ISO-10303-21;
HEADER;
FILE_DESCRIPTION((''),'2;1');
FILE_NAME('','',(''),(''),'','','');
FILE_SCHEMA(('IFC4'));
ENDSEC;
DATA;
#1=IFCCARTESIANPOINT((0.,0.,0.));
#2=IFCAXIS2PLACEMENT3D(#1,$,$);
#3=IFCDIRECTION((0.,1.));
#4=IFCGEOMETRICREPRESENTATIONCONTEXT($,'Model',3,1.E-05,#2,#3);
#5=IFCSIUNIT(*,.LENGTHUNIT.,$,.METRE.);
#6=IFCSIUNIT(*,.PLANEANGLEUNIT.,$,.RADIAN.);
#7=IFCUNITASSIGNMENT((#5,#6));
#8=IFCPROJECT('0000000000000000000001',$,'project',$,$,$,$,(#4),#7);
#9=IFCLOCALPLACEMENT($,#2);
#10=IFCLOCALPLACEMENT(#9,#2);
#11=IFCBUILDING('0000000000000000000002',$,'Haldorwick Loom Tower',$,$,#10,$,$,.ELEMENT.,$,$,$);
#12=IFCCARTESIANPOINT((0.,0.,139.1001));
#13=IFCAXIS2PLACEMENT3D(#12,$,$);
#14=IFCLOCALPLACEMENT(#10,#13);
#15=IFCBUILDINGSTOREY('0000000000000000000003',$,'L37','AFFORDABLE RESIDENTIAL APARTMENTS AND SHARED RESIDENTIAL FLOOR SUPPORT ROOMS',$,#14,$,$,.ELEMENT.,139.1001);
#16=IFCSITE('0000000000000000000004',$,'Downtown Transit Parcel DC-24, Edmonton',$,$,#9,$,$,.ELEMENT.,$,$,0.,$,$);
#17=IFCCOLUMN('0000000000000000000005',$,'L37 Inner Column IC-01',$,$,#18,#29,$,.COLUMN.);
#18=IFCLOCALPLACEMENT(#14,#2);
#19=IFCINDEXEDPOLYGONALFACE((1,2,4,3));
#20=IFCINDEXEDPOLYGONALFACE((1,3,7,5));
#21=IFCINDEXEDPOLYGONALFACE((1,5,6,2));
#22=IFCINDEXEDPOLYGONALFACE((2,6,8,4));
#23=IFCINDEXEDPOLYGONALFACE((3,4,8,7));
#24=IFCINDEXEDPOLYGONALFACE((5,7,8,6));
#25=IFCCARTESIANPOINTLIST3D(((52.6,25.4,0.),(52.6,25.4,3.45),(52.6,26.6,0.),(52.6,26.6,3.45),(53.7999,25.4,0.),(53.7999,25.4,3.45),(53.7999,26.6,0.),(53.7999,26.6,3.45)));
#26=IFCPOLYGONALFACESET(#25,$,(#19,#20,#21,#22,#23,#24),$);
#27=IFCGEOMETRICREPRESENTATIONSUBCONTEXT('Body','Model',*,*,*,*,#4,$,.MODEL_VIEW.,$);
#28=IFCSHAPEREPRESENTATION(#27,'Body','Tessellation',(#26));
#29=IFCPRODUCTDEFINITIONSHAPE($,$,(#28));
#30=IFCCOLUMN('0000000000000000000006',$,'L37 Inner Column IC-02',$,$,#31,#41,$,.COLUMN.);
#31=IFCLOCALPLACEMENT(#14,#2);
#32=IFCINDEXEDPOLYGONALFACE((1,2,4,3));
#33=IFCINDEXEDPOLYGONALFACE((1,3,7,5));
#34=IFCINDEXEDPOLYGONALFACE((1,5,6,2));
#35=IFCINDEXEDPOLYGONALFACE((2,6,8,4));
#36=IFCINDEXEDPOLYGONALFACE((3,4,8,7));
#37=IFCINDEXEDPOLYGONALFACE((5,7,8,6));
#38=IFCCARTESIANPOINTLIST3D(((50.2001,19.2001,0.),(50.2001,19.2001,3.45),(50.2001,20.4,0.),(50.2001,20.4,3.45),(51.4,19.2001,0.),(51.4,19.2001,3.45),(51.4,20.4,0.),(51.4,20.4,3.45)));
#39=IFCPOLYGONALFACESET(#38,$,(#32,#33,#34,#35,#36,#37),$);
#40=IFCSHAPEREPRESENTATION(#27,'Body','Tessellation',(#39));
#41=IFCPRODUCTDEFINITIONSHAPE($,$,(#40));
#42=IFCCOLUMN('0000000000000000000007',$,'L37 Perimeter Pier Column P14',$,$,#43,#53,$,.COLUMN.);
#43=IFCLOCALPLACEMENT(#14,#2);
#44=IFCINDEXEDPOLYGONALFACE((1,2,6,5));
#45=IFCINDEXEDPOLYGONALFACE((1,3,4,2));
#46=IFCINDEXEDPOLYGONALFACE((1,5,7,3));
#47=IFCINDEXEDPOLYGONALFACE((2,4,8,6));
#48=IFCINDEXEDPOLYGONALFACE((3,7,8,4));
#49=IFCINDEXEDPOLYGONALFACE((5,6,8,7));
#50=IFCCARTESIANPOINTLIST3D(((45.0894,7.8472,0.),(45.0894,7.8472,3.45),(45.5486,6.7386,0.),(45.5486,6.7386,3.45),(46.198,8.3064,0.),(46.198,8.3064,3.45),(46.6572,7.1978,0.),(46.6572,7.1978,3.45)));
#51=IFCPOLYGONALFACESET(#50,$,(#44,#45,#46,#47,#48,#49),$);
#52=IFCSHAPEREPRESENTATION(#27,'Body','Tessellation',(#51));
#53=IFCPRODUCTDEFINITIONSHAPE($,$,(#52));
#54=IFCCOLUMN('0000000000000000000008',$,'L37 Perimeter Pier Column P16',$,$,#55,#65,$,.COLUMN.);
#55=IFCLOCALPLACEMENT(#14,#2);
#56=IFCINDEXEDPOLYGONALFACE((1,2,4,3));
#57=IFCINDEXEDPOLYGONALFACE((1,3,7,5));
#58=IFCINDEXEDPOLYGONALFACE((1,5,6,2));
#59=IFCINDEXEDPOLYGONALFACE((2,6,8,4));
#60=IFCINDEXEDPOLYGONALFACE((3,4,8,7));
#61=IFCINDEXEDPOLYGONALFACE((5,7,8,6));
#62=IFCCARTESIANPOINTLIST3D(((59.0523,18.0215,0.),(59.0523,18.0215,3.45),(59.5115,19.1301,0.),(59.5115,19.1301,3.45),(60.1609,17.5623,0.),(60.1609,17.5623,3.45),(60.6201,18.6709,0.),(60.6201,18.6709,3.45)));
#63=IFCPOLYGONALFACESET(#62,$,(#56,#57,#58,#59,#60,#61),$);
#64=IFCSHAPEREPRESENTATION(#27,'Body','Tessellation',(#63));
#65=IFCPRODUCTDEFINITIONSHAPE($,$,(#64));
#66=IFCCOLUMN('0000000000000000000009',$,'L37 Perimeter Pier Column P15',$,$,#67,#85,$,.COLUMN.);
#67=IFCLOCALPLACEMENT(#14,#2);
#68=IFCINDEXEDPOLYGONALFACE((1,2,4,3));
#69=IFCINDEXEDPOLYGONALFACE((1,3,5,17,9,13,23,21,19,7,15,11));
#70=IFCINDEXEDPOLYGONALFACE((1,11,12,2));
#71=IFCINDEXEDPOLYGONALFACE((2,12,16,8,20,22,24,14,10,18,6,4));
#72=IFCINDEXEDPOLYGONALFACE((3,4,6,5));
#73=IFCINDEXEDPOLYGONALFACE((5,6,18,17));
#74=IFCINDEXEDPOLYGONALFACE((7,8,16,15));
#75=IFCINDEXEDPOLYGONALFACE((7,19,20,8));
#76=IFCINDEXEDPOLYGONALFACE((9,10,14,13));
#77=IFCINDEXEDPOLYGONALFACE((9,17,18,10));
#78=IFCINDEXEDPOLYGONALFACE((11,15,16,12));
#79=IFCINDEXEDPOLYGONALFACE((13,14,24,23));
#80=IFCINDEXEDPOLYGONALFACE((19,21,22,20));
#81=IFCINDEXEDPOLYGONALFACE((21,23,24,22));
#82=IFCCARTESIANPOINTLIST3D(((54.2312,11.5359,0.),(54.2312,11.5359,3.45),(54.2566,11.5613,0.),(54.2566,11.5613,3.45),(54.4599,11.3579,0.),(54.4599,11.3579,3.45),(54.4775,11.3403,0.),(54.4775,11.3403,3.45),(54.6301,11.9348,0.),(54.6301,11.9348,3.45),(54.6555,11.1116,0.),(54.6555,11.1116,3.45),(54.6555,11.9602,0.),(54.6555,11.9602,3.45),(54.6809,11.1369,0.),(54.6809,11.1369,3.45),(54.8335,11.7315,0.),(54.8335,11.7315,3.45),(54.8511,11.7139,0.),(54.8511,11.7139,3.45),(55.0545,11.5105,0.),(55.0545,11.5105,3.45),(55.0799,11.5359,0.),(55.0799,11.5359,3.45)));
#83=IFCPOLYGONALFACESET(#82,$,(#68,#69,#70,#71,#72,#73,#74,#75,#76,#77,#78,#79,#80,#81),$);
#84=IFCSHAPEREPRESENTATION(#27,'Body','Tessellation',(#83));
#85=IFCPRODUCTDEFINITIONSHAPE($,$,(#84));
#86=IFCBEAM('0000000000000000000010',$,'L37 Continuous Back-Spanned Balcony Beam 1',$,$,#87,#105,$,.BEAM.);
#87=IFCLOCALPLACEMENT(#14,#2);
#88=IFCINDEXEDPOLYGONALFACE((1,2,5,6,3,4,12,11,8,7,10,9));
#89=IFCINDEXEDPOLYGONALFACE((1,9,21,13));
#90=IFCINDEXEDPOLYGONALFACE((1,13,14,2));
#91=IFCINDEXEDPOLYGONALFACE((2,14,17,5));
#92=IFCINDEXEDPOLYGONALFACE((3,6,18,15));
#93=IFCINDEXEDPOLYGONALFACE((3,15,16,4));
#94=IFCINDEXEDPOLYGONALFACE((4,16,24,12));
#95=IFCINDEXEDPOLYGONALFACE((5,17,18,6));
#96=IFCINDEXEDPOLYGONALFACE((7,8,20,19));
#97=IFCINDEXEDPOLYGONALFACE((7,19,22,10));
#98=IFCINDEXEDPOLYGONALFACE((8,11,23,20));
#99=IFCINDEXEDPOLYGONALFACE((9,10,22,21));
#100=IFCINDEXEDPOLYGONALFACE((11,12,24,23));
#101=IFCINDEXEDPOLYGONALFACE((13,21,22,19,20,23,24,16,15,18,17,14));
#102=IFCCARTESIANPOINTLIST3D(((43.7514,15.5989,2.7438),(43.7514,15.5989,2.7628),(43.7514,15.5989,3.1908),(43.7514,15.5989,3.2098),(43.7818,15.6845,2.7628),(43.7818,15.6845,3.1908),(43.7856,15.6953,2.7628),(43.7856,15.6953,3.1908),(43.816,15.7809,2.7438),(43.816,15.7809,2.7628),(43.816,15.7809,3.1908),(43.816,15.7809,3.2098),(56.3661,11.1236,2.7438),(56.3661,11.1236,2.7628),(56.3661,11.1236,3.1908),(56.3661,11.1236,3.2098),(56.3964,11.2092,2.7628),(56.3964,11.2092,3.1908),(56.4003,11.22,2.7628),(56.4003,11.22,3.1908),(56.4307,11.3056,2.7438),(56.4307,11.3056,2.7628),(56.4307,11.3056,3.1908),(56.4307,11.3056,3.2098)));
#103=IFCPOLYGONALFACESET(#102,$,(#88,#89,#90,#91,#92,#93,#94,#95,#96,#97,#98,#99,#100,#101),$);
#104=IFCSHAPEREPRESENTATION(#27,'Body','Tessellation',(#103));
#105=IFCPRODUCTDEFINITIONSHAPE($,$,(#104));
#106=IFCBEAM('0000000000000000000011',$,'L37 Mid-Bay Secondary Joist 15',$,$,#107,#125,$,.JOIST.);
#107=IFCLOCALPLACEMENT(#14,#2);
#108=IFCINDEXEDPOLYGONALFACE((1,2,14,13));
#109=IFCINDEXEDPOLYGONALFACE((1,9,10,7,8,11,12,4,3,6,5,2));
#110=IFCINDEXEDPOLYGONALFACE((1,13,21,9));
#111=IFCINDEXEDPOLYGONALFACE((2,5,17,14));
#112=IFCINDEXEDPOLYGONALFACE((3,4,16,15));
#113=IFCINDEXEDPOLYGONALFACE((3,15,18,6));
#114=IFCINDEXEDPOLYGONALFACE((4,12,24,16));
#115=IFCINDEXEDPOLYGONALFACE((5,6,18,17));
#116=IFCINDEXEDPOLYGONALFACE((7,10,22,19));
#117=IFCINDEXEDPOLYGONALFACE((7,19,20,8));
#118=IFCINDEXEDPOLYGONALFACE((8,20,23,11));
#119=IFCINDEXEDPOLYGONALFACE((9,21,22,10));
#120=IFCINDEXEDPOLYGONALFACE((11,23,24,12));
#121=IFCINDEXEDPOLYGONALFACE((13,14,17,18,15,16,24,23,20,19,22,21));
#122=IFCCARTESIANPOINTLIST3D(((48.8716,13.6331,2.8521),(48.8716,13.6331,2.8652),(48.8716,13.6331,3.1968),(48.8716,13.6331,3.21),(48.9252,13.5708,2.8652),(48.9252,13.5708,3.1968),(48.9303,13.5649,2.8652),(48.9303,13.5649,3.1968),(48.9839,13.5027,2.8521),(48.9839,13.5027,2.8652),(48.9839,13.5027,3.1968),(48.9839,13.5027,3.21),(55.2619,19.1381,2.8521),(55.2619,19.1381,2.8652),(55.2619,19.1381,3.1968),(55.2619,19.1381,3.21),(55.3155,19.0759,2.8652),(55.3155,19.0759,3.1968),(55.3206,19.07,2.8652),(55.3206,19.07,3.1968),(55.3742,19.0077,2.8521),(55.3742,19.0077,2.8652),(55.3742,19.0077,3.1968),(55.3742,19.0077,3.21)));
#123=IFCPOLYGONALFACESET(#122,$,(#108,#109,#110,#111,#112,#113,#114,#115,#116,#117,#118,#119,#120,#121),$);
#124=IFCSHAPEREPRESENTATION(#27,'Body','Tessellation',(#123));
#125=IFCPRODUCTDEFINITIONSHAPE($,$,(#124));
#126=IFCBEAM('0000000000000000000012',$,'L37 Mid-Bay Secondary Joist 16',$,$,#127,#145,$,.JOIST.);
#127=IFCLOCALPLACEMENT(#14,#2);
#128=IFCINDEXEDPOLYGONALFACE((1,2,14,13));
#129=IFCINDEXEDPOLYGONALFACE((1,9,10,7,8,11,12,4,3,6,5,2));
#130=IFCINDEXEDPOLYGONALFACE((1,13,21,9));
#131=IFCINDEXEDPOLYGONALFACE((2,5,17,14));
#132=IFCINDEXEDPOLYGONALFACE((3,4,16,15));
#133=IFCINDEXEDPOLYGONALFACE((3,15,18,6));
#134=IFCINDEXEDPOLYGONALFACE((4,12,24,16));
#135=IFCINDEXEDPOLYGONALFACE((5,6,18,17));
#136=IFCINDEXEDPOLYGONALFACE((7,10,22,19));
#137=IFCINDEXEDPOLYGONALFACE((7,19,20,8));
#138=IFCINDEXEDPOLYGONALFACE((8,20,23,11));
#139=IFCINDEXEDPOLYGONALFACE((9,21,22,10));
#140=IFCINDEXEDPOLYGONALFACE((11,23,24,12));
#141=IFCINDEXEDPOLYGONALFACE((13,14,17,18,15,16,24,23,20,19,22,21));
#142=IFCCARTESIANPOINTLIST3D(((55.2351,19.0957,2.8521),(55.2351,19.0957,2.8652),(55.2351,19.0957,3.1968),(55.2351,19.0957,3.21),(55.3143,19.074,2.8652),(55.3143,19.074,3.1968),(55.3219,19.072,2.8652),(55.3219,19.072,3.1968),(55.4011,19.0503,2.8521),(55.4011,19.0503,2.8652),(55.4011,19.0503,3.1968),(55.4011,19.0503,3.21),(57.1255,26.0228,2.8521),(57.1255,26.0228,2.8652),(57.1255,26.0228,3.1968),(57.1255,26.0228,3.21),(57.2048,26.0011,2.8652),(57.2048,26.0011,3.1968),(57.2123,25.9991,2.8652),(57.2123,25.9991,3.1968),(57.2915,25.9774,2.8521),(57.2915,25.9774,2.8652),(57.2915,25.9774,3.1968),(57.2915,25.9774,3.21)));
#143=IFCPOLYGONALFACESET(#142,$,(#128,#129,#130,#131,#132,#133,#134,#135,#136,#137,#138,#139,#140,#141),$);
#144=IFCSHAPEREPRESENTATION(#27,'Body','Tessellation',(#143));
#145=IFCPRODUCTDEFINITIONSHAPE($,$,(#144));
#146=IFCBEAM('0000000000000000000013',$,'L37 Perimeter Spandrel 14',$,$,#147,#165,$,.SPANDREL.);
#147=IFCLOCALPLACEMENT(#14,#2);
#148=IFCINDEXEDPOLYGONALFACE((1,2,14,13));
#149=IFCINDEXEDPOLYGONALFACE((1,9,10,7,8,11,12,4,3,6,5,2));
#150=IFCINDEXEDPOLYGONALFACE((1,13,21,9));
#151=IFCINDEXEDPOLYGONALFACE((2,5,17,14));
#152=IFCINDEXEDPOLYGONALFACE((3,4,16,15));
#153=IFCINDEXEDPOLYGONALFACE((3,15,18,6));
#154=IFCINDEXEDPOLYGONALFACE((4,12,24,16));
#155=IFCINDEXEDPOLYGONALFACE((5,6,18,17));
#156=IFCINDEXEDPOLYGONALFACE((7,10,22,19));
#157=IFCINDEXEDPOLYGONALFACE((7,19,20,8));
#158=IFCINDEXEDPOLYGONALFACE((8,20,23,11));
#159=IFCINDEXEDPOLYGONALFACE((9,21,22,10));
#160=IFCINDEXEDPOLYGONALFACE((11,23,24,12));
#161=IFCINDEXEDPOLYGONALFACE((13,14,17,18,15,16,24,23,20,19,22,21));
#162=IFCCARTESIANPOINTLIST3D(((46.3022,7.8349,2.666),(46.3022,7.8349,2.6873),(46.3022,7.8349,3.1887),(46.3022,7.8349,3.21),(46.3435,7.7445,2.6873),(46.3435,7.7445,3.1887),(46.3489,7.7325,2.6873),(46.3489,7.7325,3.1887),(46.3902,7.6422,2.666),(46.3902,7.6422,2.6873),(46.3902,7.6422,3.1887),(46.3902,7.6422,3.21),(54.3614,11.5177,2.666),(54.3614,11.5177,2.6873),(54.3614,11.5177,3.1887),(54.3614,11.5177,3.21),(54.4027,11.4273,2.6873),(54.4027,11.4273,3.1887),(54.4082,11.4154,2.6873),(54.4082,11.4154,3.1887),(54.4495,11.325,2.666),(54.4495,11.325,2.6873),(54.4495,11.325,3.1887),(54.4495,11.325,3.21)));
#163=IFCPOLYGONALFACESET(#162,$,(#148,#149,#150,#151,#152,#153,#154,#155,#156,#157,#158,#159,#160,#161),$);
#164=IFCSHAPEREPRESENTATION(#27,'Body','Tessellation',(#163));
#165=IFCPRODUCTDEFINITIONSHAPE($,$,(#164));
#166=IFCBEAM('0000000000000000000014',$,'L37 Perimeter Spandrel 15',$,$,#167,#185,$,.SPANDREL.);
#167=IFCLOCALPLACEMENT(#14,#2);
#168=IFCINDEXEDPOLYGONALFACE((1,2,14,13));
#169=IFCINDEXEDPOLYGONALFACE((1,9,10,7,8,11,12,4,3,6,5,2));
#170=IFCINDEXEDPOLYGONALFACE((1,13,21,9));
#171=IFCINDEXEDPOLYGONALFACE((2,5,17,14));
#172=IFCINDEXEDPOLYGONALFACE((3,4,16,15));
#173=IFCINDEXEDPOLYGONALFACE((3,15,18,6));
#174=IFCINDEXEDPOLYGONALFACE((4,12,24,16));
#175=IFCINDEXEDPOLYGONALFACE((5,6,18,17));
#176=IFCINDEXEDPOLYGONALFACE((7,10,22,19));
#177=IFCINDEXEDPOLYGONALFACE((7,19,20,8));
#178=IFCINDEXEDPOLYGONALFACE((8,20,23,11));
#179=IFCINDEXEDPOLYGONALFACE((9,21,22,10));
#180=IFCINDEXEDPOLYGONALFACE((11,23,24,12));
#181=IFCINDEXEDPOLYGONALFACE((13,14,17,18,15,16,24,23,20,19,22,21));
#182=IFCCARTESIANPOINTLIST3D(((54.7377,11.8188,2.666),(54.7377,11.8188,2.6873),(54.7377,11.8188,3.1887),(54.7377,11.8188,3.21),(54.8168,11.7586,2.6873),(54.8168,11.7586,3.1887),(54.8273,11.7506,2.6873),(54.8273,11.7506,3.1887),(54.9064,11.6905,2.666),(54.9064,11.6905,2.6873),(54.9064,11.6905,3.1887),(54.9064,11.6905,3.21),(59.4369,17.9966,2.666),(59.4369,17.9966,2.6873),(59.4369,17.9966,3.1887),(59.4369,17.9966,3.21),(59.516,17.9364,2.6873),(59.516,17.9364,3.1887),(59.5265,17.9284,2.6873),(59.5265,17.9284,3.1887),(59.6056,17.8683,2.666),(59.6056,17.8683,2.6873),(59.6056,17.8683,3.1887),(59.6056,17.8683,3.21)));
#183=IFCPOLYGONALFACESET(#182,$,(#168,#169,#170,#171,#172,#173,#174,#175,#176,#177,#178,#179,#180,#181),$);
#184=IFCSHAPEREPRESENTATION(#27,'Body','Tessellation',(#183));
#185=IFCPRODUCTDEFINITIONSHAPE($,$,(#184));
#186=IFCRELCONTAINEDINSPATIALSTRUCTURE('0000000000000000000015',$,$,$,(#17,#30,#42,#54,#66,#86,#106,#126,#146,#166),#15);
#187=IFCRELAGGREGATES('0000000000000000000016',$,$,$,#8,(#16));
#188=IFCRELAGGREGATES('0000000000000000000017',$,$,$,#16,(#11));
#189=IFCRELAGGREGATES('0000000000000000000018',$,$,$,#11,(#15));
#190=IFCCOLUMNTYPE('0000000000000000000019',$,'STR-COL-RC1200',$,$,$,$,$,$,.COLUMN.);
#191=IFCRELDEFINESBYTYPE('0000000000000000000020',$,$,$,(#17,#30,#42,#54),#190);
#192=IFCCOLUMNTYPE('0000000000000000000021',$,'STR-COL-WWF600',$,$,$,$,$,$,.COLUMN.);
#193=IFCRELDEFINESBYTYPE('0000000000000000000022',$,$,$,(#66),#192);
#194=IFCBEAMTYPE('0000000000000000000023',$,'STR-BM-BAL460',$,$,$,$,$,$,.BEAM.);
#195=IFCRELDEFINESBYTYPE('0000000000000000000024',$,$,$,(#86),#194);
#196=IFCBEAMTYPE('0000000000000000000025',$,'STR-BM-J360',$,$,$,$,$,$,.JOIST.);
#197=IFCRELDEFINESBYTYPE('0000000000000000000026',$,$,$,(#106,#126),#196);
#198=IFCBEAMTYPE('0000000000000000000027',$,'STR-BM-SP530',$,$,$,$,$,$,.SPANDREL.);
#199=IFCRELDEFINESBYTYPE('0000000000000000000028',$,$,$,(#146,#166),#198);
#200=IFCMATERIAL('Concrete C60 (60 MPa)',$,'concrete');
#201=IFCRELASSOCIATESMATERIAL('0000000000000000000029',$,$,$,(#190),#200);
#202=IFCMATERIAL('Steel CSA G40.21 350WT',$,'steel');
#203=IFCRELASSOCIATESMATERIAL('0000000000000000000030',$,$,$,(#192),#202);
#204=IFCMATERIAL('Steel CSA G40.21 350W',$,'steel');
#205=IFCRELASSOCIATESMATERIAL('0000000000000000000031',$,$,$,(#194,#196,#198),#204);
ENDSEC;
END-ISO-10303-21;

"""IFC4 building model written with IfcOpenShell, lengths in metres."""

from ifc_helpers import new_model, si_unit, direction, frame, origin, origin_2d, place, context, subcontext, project, spatial, rectangle, i_section, extrude, material, material_profile, profile_set, type_object, element, save


model = new_model("IFC4")

# Units and contexts
model_context = context("Model", 3, precision=1e-05, world=origin(), true_north=direction((0.0, 1.0)))
body_context = subcontext(model_context, "Body", "Model", "MODEL_VIEW")
ifc_project = project(units=[si_unit("LENGTHUNIT", "METRE"), si_unit("PLANEANGLEUNIT", "RADIAN")], contexts=[model_context])

# Site, building, storey
site_placement = place(None, origin())
site = spatial("IfcSite", under=ifc_project, at=site_placement, Name="Downtown Transit Parcel DC-24, Edmonton", CompositionType="ELEMENT", RefElevation=0.0)
building_placement = place(site_placement, origin())
building = spatial("IfcBuilding", under=site, at=building_placement, Name="Haldorwick Loom Tower", CompositionType="ELEMENT")
storey_placement = place(building_placement, frame((0.0, 0.0, 139.1001)))
storey = spatial("IfcBuildingStorey", under=building, at=storey_placement, Name="L37", Description="AFFORDABLE RESIDENTIAL APARTMENTS AND SHARED RESIDENTIAL FLOOR SUPPORT ROOMS", CompositionType="ELEMENT", Elevation=139.1001)

# Columns
ifc_material_1 = material(Name="Concrete C60 (60 MPa)", Category="concrete")
ifc_material_profile_1 = material_profile(ifc_material_1, rectangle(XDim=1.2, YDim=1.2, at=origin_2d()), Name="RC1200X1200", Category="concrete")
ifc_profile_set_1 = profile_set([ifc_material_profile_1], Name="Concrete C60 (60 MPa)")
column_type_1 = type_object("IfcColumnType", Name="STR-COL-RC1200", PredefinedType="COLUMN", material=ifc_profile_set_1)
for number, where, z_axis, x_axis, name in (
    (1, (53.2, 26.0, 0.0), (0.0, 0.0, 1.0), (1.0, 0.0, 0.0), "L37 Inner Column IC-01"),
    (2, (50.8, 19.8, 0.0), (0.0, 0.0, 1.0), (1.0, 0.0, 0.0), "L37 Inner Column IC-02"),
    (3, (45.8733, 7.5225, 0.0), (0.0, 0.0, 1.0), (0.382683, -0.92388, 0.0), "L37 Perimeter Pier Column P14"),
    (4, (59.8362, 18.3462, 0.0), (0.0, 0.0, 1.0), (0.92388, -0.382683, 0.0), "L37 Perimeter Pier Column P16"),
):
    element("IfcColumn", number, at=place(storey_placement, frame(where, z_axis=z_axis, x_axis=x_axis)), inside=storey, type_object=column_type_1, Name=name, PredefinedType="COLUMN", context=body_context, shape_type="SweptSolid", body=[
        extrude(rectangle(XDim=1.2, YDim=1.2, at=origin_2d()), origin(), (0.0, 0.0, 1.0), 3.45),
    ])
ifc_material_2 = material(Name="Steel CSA G40.21 350WT", Category="steel")
ifc_material_profile_2 = material_profile(ifc_material_2, i_section(OverallWidth=0.6001, OverallDepth=0.6001, WebThickness=0.0249, FlangeThickness=0.0359, at=origin_2d()), Name="WWF600X600", Category="steel")
ifc_profile_set_2 = profile_set([ifc_material_profile_2], Name="Steel CSA G40.21 350WT")
column_type_2 = type_object("IfcColumnType", Name="STR-COL-WWF600", PredefinedType="COLUMN", material=ifc_profile_set_2)
column_placement = place(storey_placement, frame((54.6555, 11.5359, 0.0), z_axis=(0.0, 0.0, 1.0), x_axis=(0.707107, -0.707107, 0.0)))
element("IfcColumn", 5, at=column_placement, inside=storey, type_object=column_type_2, Name="L37 Perimeter Pier Column P15", PredefinedType="COLUMN", context=body_context, shape_type="SweptSolid", body=[
    extrude(i_section(OverallWidth=0.6001, OverallDepth=0.6001, WebThickness=0.0249, FlangeThickness=0.0359, at=origin_2d()), origin(), (0.0, 0.0, 1.0), 3.45),
])

# Beams
ifc_material_3 = material(Name="Steel CSA G40.21 350W", Category="steel")
ifc_material_profile_3 = material_profile(ifc_material_3, i_section(OverallWidth=0.1931, OverallDepth=0.4661, WebThickness=0.0115, FlangeThickness=0.019, at=origin_2d()), Name="W460X97", Category="steel")
ifc_profile_set_3 = profile_set([ifc_material_profile_3], Name="Steel CSA G40.21 350W")
beam_type_1 = type_object("IfcBeamType", Name="STR-BM-BAL460", PredefinedType="BEAM", material=ifc_profile_set_3)
beam_1_placement = place(storey_placement, frame((43.7837, 15.6899, 2.9768), z_axis=(0.942448, -0.334353, 0.0), x_axis=(0.334353, 0.942448, 0.0)))
element("IfcBeam", 6, at=beam_1_placement, inside=storey, type_object=beam_type_1, Name="L37 Continuous Back-Spanned Balcony Beam 1", PredefinedType="BEAM", context=body_context, shape_type="SweptSolid", body=[
    extrude(i_section(OverallWidth=0.1931, OverallDepth=0.4661, WebThickness=0.0115, FlangeThickness=0.019, at=origin_2d()), origin(), (0.0, 0.0, 1.0), 13.385),
])
ifc_material_profile_4 = material_profile(ifc_material_3, i_section(OverallWidth=0.1721, OverallDepth=0.3579, WebThickness=0.0078, FlangeThickness=0.0132, at=origin_2d()), Name="W360X57", Category="steel")
ifc_profile_set_4 = profile_set([ifc_material_profile_4], Name="Steel CSA G40.21 350W")
beam_type_2 = type_object("IfcBeamType", Name="STR-BM-J360", PredefinedType="JOIST", material=ifc_profile_set_4)
beam_2_placement = place(storey_placement, frame((48.9277, 13.5679, 3.031), z_axis=(0.757634, 0.65268, 0.0), x_axis=(-0.65268, 0.757634, 0.0)))
element("IfcBeam", 7, at=beam_2_placement, inside=storey, type_object=beam_type_2, Name="L37 Mid-Bay Secondary Joist 15", PredefinedType="JOIST", context=body_context, shape_type="SweptSolid", body=[
    extrude(i_section(OverallWidth=0.1721, OverallDepth=0.3579, WebThickness=0.0078, FlangeThickness=0.0132, at=origin_2d()), origin(), (0.0, 0.0, 1.0), 8.4346),
])
beam_3_placement = place(storey_placement, frame((55.3181, 19.073, 3.031), z_axis=(0.263273, 0.964721, 0.0), x_axis=(-0.964721, 0.263273, 0.0)))
element("IfcBeam", 8, at=beam_3_placement, inside=storey, type_object=beam_type_2, Name="L37 Mid-Bay Secondary Joist 16", PredefinedType="JOIST", context=body_context, shape_type="SweptSolid", body=[
    extrude(i_section(OverallWidth=0.1721, OverallDepth=0.3579, WebThickness=0.0078, FlangeThickness=0.0132, at=origin_2d()), origin(), (0.0, 0.0, 1.0), 7.1804),
])
ifc_material_profile_5 = material_profile(ifc_material_3, i_section(OverallWidth=0.2119, OverallDepth=0.5439, WebThickness=0.0132, FlangeThickness=0.0212, at=origin_2d()), Name="W530X123", Category="steel")
ifc_profile_set_5 = profile_set([ifc_material_profile_5], Name="Steel CSA G40.21 350W")
beam_type_3 = type_object("IfcBeamType", Name="STR-BM-SP530", PredefinedType="SPANDREL", material=ifc_profile_set_5)
beam_4_placement = place(storey_placement, frame((46.3462, 7.7385, 2.938), z_axis=(0.909534, 0.415629, 0.0), x_axis=(-0.415629, 0.909534, 0.0)))
element("IfcBeam", 9, at=beam_4_placement, inside=storey, type_object=beam_type_3, Name="L37 Perimeter Spandrel 14", PredefinedType="SPANDREL", context=body_context, shape_type="SweptSolid", body=[
    extrude(i_section(OverallWidth=0.2119, OverallDepth=0.5439, WebThickness=0.0132, FlangeThickness=0.0212, at=origin_2d()), origin(), (0.0, 0.0, 1.0), 8.8608),
])
beam_5_placement = place(storey_placement, frame((54.822, 11.7546, 2.938), z_axis=(0.605421, 0.795905, 0.0), x_axis=(-0.795905, 0.605421, 0.0)))
element("IfcBeam", 10, at=beam_5_placement, inside=storey, type_object=beam_type_3, Name="L37 Perimeter Spandrel 15", PredefinedType="SPANDREL", context=body_context, shape_type="SweptSolid", body=[
    extrude(i_section(OverallWidth=0.2119, OverallDepth=0.5439, WebThickness=0.0132, FlangeThickness=0.0212, at=origin_2d()), origin(), (0.0, 0.0, 1.0), 7.762),
])

save(model, "model.ifc")
